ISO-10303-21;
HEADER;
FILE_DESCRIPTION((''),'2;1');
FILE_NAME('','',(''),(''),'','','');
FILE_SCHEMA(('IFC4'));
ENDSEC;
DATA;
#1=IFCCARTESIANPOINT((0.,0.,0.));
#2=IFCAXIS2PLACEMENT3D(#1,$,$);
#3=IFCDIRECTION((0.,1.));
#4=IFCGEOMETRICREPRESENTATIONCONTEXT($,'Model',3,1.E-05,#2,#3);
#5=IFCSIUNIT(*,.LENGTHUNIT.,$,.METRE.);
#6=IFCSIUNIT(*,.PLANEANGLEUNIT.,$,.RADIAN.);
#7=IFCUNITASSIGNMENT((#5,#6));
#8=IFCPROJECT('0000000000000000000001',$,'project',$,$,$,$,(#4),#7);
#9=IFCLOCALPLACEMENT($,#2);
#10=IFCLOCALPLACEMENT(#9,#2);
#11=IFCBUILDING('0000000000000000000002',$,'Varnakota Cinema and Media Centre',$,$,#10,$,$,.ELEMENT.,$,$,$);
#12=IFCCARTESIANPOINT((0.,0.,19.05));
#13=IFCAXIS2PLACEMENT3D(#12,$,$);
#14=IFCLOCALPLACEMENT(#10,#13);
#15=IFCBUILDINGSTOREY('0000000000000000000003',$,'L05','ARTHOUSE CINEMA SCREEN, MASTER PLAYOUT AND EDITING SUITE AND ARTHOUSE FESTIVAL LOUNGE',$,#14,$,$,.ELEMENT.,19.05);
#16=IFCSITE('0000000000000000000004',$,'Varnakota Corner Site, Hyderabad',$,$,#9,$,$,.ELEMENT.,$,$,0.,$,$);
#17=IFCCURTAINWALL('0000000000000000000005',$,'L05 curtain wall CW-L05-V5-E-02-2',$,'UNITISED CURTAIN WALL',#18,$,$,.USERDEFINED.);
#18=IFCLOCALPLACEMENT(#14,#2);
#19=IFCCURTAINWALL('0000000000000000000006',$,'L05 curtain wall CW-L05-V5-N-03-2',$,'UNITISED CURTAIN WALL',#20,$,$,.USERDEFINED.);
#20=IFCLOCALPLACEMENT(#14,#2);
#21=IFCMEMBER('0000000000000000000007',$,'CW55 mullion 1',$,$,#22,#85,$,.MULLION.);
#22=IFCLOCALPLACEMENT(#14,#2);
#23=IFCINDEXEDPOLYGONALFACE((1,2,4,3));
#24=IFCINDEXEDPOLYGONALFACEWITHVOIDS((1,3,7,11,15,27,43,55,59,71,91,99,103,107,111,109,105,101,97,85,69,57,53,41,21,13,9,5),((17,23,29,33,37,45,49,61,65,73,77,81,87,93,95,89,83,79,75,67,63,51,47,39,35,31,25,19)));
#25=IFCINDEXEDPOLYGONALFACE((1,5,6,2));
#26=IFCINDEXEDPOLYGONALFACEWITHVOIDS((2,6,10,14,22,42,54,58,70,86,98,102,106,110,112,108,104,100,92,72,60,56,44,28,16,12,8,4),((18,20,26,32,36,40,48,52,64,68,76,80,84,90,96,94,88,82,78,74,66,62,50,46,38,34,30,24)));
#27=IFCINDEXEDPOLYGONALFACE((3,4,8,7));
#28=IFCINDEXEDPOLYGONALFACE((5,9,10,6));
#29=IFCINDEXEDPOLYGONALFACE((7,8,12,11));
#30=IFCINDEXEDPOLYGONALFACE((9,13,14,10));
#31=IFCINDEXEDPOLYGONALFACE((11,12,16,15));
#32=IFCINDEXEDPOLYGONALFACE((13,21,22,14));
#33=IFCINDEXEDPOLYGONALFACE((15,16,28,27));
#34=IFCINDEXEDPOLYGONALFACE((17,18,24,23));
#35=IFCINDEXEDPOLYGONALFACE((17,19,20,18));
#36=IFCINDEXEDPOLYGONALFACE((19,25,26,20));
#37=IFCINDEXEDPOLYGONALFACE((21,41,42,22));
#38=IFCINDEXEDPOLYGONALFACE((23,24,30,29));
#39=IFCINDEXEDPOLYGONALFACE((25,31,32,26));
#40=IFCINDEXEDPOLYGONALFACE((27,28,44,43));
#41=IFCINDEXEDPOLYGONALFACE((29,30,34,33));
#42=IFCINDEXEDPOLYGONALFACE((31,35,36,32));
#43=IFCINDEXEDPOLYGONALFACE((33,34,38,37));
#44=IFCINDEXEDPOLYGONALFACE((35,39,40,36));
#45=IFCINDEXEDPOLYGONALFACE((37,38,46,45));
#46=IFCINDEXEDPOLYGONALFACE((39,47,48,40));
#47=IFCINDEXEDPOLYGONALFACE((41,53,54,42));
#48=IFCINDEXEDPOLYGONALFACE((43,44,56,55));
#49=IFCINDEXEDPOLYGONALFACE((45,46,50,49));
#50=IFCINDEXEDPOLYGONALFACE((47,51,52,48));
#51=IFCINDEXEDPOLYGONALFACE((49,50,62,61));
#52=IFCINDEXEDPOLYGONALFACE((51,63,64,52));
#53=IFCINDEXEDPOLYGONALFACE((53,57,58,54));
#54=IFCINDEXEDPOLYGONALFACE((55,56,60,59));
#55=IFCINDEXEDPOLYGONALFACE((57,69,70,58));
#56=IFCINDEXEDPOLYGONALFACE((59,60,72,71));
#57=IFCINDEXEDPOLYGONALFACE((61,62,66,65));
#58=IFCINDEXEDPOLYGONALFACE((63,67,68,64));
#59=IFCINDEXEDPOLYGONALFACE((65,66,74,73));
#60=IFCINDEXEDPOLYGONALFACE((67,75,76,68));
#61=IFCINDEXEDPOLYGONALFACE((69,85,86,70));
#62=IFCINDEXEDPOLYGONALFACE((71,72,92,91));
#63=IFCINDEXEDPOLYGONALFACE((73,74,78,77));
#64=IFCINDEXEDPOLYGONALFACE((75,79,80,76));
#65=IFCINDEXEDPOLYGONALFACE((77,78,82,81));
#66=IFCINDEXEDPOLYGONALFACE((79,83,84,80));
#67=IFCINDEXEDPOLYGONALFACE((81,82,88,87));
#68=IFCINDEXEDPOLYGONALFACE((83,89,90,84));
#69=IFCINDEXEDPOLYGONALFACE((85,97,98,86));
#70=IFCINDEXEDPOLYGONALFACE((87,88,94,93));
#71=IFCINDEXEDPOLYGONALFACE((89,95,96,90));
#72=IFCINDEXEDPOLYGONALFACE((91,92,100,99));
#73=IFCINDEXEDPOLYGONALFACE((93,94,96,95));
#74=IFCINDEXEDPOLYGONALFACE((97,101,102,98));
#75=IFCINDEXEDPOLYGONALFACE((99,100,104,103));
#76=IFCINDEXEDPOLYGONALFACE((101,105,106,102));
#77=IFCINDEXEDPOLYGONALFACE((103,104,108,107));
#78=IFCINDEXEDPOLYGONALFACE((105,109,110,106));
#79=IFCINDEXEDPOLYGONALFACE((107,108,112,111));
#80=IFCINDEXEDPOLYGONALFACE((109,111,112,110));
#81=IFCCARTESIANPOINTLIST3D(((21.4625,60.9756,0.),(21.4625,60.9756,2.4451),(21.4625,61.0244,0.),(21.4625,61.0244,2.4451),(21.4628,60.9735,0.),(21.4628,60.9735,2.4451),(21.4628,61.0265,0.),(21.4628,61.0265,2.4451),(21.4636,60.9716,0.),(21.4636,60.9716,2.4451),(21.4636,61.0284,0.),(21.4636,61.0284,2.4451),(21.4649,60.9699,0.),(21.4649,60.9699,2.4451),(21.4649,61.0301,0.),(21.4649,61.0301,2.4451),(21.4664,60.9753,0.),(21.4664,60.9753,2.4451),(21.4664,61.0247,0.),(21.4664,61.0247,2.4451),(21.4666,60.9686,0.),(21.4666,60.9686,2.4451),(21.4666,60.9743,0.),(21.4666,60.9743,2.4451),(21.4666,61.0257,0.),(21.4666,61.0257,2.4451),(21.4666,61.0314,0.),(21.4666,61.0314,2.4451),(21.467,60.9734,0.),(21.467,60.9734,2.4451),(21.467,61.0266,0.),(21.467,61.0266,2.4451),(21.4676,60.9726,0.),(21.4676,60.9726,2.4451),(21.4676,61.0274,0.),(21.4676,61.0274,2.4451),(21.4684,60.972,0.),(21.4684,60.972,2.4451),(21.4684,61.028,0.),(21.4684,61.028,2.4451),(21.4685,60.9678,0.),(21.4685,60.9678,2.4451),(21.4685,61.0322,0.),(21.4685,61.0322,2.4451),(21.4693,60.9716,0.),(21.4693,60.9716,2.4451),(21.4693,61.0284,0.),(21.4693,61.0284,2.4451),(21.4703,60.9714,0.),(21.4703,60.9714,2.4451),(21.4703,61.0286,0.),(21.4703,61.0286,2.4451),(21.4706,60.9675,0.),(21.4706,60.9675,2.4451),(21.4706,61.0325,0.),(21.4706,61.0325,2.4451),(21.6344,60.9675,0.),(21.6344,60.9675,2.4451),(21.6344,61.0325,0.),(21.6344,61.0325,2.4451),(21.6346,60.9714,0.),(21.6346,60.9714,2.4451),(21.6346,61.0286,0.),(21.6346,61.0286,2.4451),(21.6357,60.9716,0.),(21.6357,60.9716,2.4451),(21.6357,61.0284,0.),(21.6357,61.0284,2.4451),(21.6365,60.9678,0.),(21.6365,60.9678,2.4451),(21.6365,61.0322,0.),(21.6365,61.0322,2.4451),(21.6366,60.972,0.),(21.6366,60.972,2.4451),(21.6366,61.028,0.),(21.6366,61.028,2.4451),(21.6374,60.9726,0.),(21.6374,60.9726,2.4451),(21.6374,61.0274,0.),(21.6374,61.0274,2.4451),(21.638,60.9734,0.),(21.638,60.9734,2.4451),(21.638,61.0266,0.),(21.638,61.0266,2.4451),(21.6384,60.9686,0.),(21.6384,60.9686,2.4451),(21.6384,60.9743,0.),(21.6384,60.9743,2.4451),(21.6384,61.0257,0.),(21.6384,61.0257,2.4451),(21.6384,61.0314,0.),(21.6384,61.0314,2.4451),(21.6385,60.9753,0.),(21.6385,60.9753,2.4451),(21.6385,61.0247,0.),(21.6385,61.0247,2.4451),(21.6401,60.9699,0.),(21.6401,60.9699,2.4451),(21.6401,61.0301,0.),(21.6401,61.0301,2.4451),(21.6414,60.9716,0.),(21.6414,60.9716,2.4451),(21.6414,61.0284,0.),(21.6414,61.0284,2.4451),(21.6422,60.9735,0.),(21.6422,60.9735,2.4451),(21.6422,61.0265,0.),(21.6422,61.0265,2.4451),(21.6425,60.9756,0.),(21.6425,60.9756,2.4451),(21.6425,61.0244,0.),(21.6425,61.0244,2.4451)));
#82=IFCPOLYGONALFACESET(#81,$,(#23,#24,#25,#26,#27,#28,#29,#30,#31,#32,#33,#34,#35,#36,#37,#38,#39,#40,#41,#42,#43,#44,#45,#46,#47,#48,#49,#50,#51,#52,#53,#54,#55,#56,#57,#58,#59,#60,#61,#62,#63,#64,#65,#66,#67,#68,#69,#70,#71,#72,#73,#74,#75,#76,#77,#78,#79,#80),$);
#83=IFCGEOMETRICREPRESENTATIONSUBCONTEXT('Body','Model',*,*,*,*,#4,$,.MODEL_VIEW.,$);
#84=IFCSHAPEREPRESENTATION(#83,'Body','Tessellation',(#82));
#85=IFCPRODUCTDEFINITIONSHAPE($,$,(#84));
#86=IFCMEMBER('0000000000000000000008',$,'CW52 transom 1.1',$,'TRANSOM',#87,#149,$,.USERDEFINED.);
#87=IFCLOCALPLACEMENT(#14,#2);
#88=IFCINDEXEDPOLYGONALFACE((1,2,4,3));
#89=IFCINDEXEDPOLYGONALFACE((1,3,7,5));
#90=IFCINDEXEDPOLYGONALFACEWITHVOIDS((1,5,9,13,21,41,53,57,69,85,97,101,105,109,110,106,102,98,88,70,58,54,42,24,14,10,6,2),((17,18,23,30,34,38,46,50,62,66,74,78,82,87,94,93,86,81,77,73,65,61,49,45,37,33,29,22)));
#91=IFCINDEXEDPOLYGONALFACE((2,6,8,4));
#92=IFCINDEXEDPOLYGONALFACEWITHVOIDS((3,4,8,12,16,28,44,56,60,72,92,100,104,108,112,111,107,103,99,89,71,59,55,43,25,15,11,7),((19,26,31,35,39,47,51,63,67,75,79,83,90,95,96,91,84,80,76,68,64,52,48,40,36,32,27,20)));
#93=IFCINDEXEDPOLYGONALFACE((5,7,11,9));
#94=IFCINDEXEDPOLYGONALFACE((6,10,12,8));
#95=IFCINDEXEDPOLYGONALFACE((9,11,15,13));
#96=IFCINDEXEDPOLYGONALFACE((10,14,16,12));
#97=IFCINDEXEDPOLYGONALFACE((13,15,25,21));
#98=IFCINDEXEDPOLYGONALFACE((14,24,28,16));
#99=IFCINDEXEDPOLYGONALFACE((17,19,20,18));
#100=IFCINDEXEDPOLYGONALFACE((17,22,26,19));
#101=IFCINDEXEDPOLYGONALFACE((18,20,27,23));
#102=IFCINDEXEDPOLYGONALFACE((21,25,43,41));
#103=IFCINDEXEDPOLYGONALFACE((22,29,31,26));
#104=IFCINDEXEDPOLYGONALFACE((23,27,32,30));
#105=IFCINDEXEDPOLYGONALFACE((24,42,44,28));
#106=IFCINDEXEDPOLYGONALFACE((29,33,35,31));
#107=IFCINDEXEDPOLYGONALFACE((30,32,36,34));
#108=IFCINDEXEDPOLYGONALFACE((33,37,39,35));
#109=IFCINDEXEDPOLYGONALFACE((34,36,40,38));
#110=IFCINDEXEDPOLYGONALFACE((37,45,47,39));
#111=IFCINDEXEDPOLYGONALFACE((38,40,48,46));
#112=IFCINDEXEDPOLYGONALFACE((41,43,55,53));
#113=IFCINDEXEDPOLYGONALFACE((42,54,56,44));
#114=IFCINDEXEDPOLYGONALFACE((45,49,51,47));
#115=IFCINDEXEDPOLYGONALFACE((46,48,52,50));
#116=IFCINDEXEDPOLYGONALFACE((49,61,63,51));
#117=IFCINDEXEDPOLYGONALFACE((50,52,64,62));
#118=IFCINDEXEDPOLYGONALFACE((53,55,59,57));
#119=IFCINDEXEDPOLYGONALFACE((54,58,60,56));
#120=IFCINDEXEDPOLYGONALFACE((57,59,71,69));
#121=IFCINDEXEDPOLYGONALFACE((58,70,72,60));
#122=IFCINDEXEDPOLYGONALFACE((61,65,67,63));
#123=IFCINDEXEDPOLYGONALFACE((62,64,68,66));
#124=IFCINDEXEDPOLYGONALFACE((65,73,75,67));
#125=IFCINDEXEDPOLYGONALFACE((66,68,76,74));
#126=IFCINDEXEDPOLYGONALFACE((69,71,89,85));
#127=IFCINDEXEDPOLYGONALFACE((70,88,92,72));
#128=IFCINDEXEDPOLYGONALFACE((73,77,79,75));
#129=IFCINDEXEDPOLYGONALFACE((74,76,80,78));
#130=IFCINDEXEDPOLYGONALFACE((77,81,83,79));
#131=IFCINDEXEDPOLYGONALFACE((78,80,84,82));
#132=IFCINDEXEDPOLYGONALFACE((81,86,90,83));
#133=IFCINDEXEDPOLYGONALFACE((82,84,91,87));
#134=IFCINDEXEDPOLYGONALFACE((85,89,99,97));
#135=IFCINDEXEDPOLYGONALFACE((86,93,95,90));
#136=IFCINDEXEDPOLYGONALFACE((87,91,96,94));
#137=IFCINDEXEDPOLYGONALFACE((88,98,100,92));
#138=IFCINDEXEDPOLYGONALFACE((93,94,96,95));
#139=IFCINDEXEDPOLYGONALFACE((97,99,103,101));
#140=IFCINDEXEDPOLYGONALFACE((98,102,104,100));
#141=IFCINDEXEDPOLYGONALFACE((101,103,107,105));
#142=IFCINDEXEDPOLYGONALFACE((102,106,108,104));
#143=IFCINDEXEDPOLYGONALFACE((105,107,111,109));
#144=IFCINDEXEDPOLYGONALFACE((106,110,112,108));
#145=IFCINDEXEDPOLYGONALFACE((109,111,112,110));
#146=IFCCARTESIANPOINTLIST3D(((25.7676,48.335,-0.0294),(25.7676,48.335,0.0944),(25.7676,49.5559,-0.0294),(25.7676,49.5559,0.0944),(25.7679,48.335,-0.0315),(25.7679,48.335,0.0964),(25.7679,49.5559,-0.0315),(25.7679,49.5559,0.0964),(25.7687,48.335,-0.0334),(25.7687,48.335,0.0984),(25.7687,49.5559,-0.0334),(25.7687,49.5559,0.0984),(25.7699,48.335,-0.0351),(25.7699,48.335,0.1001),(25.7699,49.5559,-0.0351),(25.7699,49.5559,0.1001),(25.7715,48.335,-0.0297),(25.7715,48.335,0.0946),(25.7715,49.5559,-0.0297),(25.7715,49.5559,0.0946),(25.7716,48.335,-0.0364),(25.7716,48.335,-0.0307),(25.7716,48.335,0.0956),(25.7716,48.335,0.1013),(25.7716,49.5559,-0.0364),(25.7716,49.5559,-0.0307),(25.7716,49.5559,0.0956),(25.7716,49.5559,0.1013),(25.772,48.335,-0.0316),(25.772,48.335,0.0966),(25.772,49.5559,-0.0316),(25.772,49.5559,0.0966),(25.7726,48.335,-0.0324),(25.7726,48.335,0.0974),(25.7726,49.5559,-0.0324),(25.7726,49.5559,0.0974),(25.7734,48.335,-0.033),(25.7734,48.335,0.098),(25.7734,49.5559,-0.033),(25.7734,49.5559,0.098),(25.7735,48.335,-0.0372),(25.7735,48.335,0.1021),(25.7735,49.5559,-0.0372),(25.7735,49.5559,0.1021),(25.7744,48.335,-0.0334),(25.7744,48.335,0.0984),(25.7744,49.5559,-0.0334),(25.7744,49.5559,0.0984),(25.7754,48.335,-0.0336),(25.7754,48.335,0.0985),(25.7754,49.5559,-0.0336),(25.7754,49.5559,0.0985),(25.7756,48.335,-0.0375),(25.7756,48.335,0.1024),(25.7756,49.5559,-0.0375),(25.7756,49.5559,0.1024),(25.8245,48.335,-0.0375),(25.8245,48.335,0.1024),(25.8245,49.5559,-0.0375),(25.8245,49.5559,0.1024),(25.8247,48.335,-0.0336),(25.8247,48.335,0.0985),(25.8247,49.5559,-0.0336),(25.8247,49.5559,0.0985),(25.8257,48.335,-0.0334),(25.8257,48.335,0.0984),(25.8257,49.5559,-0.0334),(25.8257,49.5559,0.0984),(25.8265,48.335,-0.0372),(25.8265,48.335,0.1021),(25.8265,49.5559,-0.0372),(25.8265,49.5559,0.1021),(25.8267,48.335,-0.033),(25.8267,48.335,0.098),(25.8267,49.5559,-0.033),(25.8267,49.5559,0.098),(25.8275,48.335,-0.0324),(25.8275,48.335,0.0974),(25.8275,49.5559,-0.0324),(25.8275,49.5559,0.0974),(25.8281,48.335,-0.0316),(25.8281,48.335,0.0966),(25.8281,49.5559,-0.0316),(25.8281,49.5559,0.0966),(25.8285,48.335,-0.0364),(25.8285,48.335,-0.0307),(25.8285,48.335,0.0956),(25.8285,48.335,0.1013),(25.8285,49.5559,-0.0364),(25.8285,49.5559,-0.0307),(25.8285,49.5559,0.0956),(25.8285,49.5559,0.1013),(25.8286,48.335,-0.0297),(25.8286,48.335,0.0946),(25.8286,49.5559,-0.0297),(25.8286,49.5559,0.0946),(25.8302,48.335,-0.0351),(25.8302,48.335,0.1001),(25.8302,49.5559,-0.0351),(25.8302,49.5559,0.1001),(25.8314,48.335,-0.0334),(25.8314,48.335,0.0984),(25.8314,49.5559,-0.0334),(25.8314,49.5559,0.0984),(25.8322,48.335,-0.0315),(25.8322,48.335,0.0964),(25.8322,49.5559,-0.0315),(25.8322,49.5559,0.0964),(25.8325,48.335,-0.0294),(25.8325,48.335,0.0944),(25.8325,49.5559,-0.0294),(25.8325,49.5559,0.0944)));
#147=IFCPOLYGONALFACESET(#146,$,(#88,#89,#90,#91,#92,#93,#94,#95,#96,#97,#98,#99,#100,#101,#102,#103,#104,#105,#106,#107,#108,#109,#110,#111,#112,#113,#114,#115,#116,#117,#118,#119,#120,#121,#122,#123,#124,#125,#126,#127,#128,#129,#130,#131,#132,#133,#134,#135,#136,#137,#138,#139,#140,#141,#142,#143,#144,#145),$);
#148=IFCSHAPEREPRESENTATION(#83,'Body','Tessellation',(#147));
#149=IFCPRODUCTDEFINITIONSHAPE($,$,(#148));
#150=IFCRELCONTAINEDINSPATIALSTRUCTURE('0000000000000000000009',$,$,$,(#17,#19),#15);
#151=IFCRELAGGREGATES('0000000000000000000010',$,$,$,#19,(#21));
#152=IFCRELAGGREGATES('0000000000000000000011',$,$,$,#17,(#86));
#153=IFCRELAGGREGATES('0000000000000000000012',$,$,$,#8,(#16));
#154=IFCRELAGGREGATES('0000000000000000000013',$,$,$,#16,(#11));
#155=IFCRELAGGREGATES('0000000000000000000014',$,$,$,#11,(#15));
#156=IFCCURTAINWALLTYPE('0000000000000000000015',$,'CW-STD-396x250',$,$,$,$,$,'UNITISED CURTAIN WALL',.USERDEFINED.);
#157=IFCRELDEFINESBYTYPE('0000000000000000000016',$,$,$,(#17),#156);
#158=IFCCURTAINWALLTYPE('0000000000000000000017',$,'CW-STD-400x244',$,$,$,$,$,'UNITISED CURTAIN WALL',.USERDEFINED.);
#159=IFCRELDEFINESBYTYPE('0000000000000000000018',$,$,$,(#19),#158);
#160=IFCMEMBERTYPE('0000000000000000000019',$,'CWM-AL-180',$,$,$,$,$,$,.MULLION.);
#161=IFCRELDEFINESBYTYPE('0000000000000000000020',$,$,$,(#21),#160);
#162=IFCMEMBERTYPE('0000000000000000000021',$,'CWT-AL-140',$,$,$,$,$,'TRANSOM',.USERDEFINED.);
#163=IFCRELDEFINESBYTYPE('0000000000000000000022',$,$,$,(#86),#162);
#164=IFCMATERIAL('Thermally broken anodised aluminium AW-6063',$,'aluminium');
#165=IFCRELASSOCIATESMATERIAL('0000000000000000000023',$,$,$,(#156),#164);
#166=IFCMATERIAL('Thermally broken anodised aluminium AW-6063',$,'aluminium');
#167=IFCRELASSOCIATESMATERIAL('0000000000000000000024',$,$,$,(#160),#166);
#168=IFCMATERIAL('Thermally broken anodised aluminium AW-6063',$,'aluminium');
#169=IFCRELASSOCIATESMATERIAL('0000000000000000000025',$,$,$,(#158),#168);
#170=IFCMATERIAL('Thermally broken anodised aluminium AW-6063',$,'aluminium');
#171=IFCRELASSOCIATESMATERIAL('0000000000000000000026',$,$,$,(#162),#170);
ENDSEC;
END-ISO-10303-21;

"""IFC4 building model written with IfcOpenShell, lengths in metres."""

from ifc_helpers import new_model, si_unit, direction, frame, origin, origin_2d, place, context, subcontext, project, spatial, hollow_rectangle, extrude, material, material_profile, profile_set, type_object, element, aggregate, save


model = new_model("IFC4")

# Units and contexts
model_context = context("Model", 3, precision=1e-05, world=origin(), true_north=direction((0.0, 1.0)))
body_context = subcontext(model_context, "Body", "Model", "MODEL_VIEW")
ifc_project = project(units=[si_unit("LENGTHUNIT", "METRE"), si_unit("PLANEANGLEUNIT", "RADIAN")], contexts=[model_context])

# Site, building, storey
site_placement = place(None, origin())
site = spatial("IfcSite", under=ifc_project, at=site_placement, Name="Varnakota Corner Site, Hyderabad", CompositionType="ELEMENT", RefElevation=0.0)
building_placement = place(site_placement, origin())
building = spatial("IfcBuilding", under=site, at=building_placement, Name="Varnakota Cinema and Media Centre", CompositionType="ELEMENT")
storey_placement = place(building_placement, frame((0.0, 0.0, 19.05)))
storey = spatial("IfcBuildingStorey", under=building, at=storey_placement, Name="L05", Description="ARTHOUSE CINEMA SCREEN, MASTER PLAYOUT AND EDITING SUITE AND ARTHOUSE FESTIVAL LOUNGE", CompositionType="ELEMENT", Elevation=19.05)

# Shared definitions
ifc_material_1 = material(Name="Thermally broken anodised aluminium AW-6063", Category="aluminium")
curtain_wall_type_1 = type_object("IfcCurtainWallType", Name="CW-STD-396x250", ElementType="UNITISED CURTAIN WALL", PredefinedType="USERDEFINED", material=ifc_material_1)
ifc_material_2 = material(Name="Thermally broken anodised aluminium AW-6063", Category="aluminium")
ifc_material_profile_1 = material_profile(ifc_material_2, hollow_rectangle(XDim=0.0649, YDim=0.1799, WallThickness=0.0039, InnerFilletRadius=0.0039, OuterFilletRadius=0.0081, at=origin_2d()), Name="AL-MULLION 180x65x4")
ifc_profile_set_1 = profile_set([ifc_material_profile_1], Name="Thermally broken anodised aluminium AW-6063")
member_type_1 = type_object("IfcMemberType", Name="CWM-AL-180", PredefinedType="MULLION", material=ifc_profile_set_1)

# Curtain wall
curtain_wall_1_placement = place(storey_placement, origin())
curtain_wall_1 = element("IfcCurtainWall", 1, at=curtain_wall_1_placement, inside=storey, type_object=curtain_wall_type_1, Name="L05 curtain wall CW-L05-V5-E-02-2", ObjectType="UNITISED CURTAIN WALL", PredefinedType="USERDEFINED")

# Curtain wall, member
ifc_material_3 = material(Name="Thermally broken anodised aluminium AW-6063", Category="aluminium")
curtain_wall_type_2 = type_object("IfcCurtainWallType", Name="CW-STD-400x244", ElementType="UNITISED CURTAIN WALL", PredefinedType="USERDEFINED", material=ifc_material_3)
curtain_wall_2_placement = place(storey_placement, origin())
curtain_wall_2 = element("IfcCurtainWall", 2, at=curtain_wall_2_placement, inside=storey, type_object=curtain_wall_type_2, Name="L05 curtain wall CW-L05-V5-N-03-2", ObjectType="UNITISED CURTAIN WALL", PredefinedType="USERDEFINED")
member_1_placement = place(storey_placement, frame((21.5525, 61.0, 0.0), z_axis=(0.0, 0.0, 1.0), x_axis=(0.0, 1.0, 0.0)))
member_1 = element("IfcMember", 3, at=member_1_placement, type_object=member_type_1, Name="CW55 mullion 1", PredefinedType="MULLION", context=body_context, shape_type="SweptSolid", body=[
    extrude(hollow_rectangle(XDim=0.0649, YDim=0.1799, WallThickness=0.0039, InnerFilletRadius=0.0039, OuterFilletRadius=0.0081, at=origin_2d()), origin(), (0.0, 0.0, 1.0), 2.4451),
])

# Member
ifc_material_4 = material(Name="Thermally broken anodised aluminium AW-6063", Category="aluminium")
ifc_material_profile_2 = material_profile(ifc_material_4, hollow_rectangle(XDim=0.0649, YDim=0.1399, WallThickness=0.0039, InnerFilletRadius=0.0039, OuterFilletRadius=0.0081, at=origin_2d()), Name="AL-TRANSOM 140x65x4")
ifc_profile_set_2 = profile_set([ifc_material_profile_2], Name="Thermally broken anodised aluminium AW-6063")
member_type_2 = type_object("IfcMemberType", Name="CWT-AL-140", ElementType="TRANSOM", PredefinedType="USERDEFINED", material=ifc_profile_set_2)
member_2_placement = place(storey_placement, frame((25.8, 48.335, 0.0325), z_axis=(0.0, 1.0, 0.0), x_axis=(-1.0, 0.0, 0.0)))
member_2 = element("IfcMember", 4, at=member_2_placement, type_object=member_type_2, Name="CW52 transom 1.1", ObjectType="TRANSOM", PredefinedType="USERDEFINED", context=body_context, shape_type="SweptSolid", body=[
    extrude(hollow_rectangle(XDim=0.0649, YDim=0.1399, WallThickness=0.0039, InnerFilletRadius=0.0039, OuterFilletRadius=0.0081, at=origin_2d()), origin(), (0.0, 0.0, 1.0), 1.2209),
])
aggregate(curtain_wall_2, [member_1])

aggregate(curtain_wall_1, [member_2])

save(model, "model.ifc")
